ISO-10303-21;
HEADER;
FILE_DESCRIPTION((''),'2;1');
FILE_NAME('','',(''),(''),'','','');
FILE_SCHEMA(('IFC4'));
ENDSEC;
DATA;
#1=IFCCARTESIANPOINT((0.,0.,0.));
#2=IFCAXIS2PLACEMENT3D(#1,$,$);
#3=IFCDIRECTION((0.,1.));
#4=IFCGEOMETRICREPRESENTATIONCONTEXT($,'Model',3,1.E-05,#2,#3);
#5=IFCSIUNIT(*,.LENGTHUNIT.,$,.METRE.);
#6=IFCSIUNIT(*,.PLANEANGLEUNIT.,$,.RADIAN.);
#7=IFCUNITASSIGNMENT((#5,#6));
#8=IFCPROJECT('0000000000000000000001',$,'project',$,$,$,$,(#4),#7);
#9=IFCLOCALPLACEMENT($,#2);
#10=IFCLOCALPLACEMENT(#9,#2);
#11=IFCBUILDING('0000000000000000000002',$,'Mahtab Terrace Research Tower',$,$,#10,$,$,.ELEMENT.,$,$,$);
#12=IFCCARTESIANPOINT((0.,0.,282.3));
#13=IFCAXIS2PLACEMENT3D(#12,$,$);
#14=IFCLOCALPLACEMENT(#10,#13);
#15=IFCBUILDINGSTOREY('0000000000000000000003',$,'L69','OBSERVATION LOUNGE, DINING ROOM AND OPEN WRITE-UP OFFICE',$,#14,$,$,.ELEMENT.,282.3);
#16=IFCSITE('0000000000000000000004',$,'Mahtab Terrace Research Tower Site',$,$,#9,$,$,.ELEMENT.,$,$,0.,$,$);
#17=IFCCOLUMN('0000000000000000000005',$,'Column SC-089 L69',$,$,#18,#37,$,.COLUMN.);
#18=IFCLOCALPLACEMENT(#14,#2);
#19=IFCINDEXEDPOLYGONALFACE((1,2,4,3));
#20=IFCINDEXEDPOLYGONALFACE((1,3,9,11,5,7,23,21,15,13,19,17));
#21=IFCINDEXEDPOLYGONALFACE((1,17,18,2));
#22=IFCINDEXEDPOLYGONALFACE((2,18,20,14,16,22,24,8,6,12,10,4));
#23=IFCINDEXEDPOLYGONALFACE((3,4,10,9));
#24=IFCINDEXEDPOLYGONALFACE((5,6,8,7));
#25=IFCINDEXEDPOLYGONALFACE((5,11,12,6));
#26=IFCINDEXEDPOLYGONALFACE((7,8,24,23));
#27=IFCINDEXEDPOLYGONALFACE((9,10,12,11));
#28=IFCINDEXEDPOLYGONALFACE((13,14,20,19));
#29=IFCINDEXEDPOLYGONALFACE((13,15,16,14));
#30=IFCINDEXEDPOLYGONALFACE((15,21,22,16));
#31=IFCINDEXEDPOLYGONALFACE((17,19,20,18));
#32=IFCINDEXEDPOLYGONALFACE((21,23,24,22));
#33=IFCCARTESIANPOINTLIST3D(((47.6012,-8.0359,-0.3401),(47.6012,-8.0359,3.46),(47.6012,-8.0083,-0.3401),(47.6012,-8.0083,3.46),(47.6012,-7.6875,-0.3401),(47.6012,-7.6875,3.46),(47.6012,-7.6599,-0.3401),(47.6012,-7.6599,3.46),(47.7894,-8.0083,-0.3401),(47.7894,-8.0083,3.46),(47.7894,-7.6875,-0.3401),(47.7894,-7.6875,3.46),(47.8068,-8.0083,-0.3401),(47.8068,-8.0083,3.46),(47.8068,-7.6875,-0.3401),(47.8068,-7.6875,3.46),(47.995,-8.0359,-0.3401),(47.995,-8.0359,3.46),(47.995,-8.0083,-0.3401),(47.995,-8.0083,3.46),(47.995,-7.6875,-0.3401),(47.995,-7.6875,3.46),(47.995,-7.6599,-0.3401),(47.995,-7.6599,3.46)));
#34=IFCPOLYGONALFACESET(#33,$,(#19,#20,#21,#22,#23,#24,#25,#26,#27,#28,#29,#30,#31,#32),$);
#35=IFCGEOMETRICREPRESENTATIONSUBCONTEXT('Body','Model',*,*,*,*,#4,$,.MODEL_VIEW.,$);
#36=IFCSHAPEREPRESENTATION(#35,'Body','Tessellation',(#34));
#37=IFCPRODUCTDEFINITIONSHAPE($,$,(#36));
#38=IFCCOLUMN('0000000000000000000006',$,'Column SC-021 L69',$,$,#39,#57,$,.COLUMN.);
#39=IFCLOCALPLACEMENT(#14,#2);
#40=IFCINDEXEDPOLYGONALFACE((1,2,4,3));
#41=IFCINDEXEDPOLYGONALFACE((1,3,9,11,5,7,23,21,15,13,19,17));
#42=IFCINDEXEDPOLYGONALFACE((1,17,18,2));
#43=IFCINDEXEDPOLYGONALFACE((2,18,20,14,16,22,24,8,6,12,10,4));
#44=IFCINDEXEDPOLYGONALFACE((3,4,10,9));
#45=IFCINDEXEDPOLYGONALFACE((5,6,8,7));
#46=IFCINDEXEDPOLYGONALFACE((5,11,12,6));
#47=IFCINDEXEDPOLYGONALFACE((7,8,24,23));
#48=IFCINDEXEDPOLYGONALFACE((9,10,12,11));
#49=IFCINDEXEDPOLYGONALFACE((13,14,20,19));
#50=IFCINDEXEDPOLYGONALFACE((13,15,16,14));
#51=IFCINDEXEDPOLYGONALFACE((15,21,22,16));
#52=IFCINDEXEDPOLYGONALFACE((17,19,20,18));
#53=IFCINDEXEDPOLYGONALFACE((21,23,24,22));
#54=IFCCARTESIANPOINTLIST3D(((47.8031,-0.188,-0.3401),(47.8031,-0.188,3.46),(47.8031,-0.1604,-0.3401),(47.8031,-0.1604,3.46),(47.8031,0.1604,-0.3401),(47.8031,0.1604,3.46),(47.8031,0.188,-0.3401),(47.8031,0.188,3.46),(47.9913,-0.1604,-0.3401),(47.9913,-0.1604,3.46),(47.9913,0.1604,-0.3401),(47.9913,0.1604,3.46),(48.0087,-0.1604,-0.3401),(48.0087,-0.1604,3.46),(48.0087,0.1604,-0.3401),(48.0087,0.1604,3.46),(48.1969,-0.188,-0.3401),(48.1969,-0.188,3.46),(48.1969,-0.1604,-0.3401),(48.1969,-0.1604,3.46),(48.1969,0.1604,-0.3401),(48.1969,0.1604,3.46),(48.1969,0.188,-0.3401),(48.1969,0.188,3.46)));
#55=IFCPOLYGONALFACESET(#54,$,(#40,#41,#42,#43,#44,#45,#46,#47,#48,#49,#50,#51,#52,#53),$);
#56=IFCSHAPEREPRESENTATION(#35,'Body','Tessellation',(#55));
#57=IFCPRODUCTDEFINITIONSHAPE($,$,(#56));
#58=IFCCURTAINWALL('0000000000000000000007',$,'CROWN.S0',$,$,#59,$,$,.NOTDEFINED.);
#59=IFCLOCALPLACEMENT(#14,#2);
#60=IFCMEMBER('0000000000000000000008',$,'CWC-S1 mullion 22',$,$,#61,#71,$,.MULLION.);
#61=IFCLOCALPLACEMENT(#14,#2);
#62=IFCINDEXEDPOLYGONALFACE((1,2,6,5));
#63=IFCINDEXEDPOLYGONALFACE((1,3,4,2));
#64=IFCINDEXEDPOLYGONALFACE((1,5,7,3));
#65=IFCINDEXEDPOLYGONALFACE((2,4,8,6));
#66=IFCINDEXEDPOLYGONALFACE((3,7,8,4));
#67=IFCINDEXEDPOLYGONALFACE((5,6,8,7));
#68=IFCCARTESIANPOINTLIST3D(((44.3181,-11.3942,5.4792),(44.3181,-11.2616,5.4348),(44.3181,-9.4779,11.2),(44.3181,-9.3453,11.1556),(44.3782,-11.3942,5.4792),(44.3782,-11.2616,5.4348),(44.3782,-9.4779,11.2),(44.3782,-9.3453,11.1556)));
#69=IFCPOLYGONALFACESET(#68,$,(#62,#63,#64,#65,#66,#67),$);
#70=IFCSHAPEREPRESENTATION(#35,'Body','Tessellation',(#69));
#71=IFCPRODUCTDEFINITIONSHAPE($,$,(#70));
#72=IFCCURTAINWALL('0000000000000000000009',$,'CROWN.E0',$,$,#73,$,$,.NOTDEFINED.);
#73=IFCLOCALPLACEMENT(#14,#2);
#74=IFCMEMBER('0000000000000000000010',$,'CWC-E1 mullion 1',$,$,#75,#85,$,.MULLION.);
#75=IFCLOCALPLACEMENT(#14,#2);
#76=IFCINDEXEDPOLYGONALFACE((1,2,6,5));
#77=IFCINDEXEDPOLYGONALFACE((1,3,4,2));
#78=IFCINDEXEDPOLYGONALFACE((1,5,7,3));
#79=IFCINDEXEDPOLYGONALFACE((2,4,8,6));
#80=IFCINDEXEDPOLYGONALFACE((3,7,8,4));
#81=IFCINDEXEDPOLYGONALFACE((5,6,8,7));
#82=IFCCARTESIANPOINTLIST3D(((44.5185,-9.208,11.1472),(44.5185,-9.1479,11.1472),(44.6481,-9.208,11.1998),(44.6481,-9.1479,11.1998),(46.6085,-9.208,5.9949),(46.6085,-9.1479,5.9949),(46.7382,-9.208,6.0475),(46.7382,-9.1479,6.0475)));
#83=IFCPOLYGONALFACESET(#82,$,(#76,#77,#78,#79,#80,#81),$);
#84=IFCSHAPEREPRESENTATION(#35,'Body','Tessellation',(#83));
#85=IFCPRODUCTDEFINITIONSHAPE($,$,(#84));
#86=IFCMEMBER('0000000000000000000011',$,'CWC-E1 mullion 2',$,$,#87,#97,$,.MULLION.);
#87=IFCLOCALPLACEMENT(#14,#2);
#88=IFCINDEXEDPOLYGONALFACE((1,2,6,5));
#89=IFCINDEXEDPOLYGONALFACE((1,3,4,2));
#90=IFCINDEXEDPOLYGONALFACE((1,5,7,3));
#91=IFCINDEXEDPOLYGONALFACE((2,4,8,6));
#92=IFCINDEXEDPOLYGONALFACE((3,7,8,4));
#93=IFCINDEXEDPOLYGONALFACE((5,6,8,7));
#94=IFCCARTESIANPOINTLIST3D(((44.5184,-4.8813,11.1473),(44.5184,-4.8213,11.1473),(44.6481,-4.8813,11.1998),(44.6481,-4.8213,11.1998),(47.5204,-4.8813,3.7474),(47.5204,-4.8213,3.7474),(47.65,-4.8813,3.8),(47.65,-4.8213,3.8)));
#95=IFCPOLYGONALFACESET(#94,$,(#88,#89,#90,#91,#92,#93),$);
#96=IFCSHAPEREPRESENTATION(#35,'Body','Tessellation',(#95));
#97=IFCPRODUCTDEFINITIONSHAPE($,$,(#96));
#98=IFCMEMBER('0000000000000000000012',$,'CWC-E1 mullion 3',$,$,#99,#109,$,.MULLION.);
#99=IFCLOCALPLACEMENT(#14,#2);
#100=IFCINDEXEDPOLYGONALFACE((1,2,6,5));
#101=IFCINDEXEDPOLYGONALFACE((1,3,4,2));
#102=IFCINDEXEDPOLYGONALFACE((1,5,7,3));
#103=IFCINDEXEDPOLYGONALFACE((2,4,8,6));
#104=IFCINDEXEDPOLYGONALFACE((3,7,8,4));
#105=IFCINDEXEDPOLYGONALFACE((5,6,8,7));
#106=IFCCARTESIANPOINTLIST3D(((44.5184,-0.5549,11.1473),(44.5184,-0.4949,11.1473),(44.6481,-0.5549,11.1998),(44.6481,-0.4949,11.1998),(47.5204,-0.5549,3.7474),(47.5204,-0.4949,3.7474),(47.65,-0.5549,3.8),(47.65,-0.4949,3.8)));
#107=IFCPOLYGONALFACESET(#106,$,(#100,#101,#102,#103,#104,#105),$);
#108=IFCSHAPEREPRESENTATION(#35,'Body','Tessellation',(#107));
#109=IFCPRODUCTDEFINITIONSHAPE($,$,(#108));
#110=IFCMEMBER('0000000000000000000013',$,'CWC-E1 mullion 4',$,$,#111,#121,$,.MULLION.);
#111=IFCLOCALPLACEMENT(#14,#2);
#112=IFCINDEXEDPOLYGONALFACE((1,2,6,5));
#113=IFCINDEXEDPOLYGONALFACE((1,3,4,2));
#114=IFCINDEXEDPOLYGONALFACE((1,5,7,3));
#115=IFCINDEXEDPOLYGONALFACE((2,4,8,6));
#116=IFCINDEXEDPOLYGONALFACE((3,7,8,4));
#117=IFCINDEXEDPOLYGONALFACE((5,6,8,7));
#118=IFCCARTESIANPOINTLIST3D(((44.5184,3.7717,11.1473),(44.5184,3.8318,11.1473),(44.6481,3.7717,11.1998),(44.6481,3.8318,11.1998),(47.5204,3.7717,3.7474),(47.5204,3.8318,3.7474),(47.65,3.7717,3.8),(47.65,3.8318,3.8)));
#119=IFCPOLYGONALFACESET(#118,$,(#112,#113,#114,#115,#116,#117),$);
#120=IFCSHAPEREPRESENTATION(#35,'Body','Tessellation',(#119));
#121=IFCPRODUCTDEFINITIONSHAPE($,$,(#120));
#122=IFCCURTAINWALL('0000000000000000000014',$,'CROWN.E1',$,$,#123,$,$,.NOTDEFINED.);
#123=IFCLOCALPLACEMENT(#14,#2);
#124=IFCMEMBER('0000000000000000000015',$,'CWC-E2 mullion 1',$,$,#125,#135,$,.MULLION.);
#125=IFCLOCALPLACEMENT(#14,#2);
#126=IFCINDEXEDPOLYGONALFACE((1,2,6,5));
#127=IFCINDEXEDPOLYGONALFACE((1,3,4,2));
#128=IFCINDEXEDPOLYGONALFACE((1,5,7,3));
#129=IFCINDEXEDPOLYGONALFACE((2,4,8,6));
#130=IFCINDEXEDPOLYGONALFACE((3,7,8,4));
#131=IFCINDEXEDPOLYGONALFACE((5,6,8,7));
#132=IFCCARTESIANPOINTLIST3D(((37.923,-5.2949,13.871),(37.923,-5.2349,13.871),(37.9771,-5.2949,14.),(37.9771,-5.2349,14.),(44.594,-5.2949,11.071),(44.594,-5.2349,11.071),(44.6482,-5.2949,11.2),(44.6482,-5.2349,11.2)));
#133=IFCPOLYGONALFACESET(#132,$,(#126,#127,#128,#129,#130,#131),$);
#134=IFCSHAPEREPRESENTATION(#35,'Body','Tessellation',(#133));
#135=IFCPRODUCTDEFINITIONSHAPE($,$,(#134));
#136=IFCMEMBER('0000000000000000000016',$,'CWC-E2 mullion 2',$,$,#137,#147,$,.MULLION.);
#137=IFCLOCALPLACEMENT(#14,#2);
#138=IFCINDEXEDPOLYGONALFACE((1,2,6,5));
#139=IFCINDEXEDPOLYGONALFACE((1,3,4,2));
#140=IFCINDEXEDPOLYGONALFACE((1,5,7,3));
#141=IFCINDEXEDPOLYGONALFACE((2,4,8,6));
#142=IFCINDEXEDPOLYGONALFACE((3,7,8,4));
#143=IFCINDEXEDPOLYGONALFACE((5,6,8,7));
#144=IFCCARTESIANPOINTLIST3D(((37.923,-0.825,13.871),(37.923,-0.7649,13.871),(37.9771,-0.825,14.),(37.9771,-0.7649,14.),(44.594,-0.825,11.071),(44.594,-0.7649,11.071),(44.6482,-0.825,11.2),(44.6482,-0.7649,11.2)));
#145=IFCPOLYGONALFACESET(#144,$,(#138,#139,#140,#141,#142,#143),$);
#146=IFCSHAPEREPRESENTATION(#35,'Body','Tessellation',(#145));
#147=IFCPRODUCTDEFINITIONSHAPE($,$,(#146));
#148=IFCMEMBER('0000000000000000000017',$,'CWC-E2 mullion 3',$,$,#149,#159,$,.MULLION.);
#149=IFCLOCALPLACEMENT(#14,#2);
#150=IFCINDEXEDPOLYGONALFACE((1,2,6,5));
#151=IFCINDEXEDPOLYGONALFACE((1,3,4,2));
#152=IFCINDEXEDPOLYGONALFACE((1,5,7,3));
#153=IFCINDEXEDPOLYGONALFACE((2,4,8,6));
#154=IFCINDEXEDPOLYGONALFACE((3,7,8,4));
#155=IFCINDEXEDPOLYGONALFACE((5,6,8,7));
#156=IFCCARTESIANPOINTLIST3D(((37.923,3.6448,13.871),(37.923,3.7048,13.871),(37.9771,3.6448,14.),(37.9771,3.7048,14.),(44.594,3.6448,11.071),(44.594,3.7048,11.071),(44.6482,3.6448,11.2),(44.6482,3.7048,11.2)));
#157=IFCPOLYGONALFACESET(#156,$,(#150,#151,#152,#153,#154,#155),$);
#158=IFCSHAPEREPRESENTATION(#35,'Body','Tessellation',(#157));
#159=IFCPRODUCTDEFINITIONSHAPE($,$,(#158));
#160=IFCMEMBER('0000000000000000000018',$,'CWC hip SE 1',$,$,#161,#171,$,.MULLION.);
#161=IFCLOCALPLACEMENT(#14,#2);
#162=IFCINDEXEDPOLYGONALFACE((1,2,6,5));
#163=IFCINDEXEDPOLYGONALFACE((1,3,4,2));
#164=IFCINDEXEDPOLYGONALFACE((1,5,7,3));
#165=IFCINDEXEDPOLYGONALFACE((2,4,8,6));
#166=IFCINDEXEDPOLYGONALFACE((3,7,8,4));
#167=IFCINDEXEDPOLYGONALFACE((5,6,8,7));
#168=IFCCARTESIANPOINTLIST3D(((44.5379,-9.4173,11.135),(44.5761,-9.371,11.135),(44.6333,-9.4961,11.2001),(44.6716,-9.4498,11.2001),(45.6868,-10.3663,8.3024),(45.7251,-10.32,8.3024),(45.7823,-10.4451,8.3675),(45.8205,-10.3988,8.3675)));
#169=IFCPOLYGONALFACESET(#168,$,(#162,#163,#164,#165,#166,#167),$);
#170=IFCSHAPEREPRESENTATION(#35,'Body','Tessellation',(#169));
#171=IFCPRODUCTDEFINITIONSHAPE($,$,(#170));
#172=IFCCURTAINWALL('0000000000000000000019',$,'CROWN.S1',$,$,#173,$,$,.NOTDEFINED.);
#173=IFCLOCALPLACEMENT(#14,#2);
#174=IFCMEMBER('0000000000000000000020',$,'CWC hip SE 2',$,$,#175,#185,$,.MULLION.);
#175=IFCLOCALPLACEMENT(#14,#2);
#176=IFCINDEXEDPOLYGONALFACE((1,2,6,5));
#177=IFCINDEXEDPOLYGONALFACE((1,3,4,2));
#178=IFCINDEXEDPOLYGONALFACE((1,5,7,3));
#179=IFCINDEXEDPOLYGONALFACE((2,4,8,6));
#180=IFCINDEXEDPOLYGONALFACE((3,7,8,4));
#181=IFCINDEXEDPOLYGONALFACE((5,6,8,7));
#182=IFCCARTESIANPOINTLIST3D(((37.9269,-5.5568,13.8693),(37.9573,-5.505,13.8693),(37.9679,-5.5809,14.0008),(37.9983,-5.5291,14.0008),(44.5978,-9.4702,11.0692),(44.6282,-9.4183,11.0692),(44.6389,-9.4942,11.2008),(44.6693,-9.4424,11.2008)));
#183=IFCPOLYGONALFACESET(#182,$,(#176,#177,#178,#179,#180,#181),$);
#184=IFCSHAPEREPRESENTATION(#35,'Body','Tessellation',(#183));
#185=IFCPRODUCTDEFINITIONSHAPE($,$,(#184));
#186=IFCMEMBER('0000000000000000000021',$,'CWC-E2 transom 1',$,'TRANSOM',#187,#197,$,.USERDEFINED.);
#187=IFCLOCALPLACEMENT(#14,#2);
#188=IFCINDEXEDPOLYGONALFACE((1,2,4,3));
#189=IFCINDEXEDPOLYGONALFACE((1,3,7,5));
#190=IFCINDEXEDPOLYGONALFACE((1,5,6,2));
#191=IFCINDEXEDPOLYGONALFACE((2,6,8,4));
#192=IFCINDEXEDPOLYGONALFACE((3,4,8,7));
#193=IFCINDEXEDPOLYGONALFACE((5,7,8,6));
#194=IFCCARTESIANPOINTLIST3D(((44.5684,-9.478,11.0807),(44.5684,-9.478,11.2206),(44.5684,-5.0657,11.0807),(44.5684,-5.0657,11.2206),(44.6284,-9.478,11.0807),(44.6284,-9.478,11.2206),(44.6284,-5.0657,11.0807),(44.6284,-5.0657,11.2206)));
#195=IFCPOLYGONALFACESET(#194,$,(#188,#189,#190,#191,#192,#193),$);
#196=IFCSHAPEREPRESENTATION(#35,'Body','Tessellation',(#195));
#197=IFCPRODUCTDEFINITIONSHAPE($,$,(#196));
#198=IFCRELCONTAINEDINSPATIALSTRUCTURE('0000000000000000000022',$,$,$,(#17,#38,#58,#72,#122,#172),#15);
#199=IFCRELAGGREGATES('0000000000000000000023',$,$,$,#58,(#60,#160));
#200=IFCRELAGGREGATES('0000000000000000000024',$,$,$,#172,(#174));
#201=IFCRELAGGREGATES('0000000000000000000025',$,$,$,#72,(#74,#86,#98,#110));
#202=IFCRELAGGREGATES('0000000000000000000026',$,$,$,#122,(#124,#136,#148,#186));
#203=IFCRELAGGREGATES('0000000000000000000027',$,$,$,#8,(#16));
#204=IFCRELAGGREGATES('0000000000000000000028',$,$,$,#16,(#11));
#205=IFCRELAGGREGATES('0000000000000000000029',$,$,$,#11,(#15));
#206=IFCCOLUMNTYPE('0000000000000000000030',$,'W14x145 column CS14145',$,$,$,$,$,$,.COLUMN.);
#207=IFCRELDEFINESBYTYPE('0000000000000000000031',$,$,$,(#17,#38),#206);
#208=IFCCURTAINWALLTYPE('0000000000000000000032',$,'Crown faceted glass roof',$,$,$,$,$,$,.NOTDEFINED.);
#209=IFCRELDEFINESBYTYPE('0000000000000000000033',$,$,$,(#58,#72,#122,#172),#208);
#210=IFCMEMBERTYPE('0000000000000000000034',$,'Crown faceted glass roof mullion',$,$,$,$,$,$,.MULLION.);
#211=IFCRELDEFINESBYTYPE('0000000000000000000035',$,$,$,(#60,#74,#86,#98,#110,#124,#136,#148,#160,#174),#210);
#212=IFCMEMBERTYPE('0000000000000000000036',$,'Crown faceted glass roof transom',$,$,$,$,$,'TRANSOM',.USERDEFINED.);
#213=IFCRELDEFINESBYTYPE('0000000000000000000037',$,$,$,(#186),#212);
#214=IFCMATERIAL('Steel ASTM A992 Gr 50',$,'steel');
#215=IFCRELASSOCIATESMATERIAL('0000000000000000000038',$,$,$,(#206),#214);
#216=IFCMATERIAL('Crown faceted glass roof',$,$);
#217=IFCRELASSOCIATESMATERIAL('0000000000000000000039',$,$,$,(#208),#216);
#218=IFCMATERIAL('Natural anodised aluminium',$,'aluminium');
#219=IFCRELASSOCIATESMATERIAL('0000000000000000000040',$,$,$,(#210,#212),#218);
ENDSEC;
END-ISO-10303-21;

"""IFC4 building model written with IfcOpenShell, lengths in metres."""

from ifc_helpers import new_model, si_unit, direction, frame, origin, origin_2d, place, context, subcontext, project, spatial, rectangle, i_section, extrude, material, material_profile, profile_set, type_object, element, aggregate, save


model = new_model("IFC4")

# Units and contexts
model_context = context("Model", 3, precision=1e-05, world=origin(), true_north=direction((0.0, 1.0)))
body_context = subcontext(model_context, "Body", "Model", "MODEL_VIEW")
ifc_project = project(units=[si_unit("LENGTHUNIT", "METRE"), si_unit("PLANEANGLEUNIT", "RADIAN")], contexts=[model_context])

# Site, building, storey
site_placement = place(None, origin())
site = spatial("IfcSite", under=ifc_project, at=site_placement, Name="Mahtab Terrace Research Tower Site", CompositionType="ELEMENT", RefElevation=0.0)
building_placement = place(site_placement, origin())
building = spatial("IfcBuilding", under=site, at=building_placement, Name="Mahtab Terrace Research Tower", CompositionType="ELEMENT")
storey_placement = place(building_placement, frame((0.0, 0.0, 282.3)))
storey = spatial("IfcBuildingStorey", under=building, at=storey_placement, Name="L69", Description="OBSERVATION LOUNGE, DINING ROOM AND OPEN WRITE-UP OFFICE", CompositionType="ELEMENT", Elevation=282.3)

# Columns
ifc_material_1 = material(Name="Steel ASTM A992 Gr 50", Category="steel")
ifc_material_profile_1 = material_profile(ifc_material_1, i_section(OverallWidth=0.3938, OverallDepth=0.376, WebThickness=0.0173, FlangeThickness=0.0276, at=origin_2d()), Name="W14X145")
ifc_profile_set_1 = profile_set([ifc_material_profile_1], Name="Steel ASTM A992 Gr 50")
column_type = type_object("IfcColumnType", Name="W14x145 column CS14145", PredefinedType="COLUMN", material=ifc_profile_set_1)
for number, where, z_axis, x_axis, name in (
    (1, (47.7981, -7.8479, -0.3401), (0.0, 0.0, 1.0), (1.0, 0.0, 0.0), "Column SC-089 L69"),
    (2, (48.0, 0.0, -0.3401), (0.0, 0.0, 1.0), (1.0, 0.0, 0.0), "Column SC-021 L69"),
):
    element("IfcColumn", number, at=place(storey_placement, frame(where, z_axis=z_axis, x_axis=x_axis)), inside=storey, type_object=column_type, Name=name, PredefinedType="COLUMN", context=body_context, shape_type="SweptSolid", body=[
        extrude(i_section(OverallWidth=0.3938, OverallDepth=0.376, WebThickness=0.0173, FlangeThickness=0.0276, at=origin_2d()), origin(), (0.0, 0.0, 1.0), 3.8),
    ])

# Curtain wall, member
ifc_material_2 = material(Name="Crown faceted glass roof")
curtain_wall_type_1 = type_object("IfcCurtainWallType", Name="Crown faceted glass roof", PredefinedType="NOTDEFINED", material=ifc_material_2)
curtain_wall_1_placement = place(storey_placement, origin())
curtain_wall_1 = element("IfcCurtainWall", 3, at=curtain_wall_1_placement, inside=storey, type_object=curtain_wall_type_1, Name="CROWN.S0", PredefinedType="NOTDEFINED")
ifc_material_3 = material(Name="Natural anodised aluminium", Category="aluminium")
ifc_material_profile_2 = material_profile(ifc_material_3, rectangle(XDim=0.0601, YDim=0.1399, at=origin_2d()), Name="MULLION 60x140")
ifc_profile_set_2 = profile_set([ifc_material_profile_2], Name="Natural anodised aluminium")
member_type_1 = type_object("IfcMemberType", Name="Crown faceted glass roof mullion", PredefinedType="MULLION", material=ifc_profile_set_2)
member_1_placement = place(storey_placement, frame((44.3481, -11.3279, 5.457), z_axis=(0.0, 0.317624, 0.948217), x_axis=(-1.0, 0.0, 0.0)))
member_1 = element("IfcMember", 4, at=member_1_placement, type_object=member_type_1, Name="CWC-S1 mullion 22", PredefinedType="MULLION", context=body_context, shape_type="SweptSolid", body=[
    extrude(rectangle(XDim=0.0601, YDim=0.1399, at=origin_2d()), origin(), (0.0, 0.0, 1.0), 6.0332),
])

# Curtain walls, members
curtain_wall_2_placement = place(storey_placement, origin())
curtain_wall_2 = element("IfcCurtainWall", 5, at=curtain_wall_2_placement, inside=storey, type_object=curtain_wall_type_1, Name="CROWN.E0", PredefinedType="NOTDEFINED")
member_2_placement = place(storey_placement, frame((46.6733, -9.178, 6.0212), z_axis=(-0.375906, 0.0, 0.926658), x_axis=(0.0, -1.0, 0.0)))
member_2 = element("IfcMember", 6, at=member_2_placement, type_object=member_type_1, Name="CWC-E1 mullion 1", PredefinedType="MULLION", context=body_context, shape_type="SweptSolid", body=[
    extrude(rectangle(XDim=0.0601, YDim=0.1399, at=origin_2d()), origin(), (0.0, 0.0, 1.0), 5.5601),
])
member_3_placement = place(storey_placement, frame((47.5852, -4.8513, 3.7737), z_axis=(-0.375919, 0.0, 0.926652), x_axis=(0.0, -1.0, 0.0)))
member_3 = element("IfcMember", 7, at=member_3_placement, type_object=member_type_1, Name="CWC-E1 mullion 2", PredefinedType="MULLION", context=body_context, shape_type="SweptSolid", body=[
    extrude(rectangle(XDim=0.0601, YDim=0.1399, at=origin_2d()), origin(), (0.0, 0.0, 1.0), 7.9856),
])
member_4_placement = place(storey_placement, frame((47.5852, -0.5249, 3.7737), z_axis=(-0.375919, 0.0, 0.926652), x_axis=(0.0, -1.0, 0.0)))
member_4 = element("IfcMember", 8, at=member_4_placement, type_object=member_type_1, Name="CWC-E1 mullion 3", PredefinedType="MULLION", context=body_context, shape_type="SweptSolid", body=[
    extrude(rectangle(XDim=0.0601, YDim=0.1399, at=origin_2d()), origin(), (0.0, 0.0, 1.0), 7.9856),
])
member_5_placement = place(storey_placement, frame((47.5852, 3.8018, 3.7737), z_axis=(-0.375919, 0.0, 0.926652), x_axis=(0.0, -1.0, 0.0)))
member_5 = element("IfcMember", 9, at=member_5_placement, type_object=member_type_1, Name="CWC-E1 mullion 4", PredefinedType="MULLION", context=body_context, shape_type="SweptSolid", body=[
    extrude(rectangle(XDim=0.0601, YDim=0.1399, at=origin_2d()), origin(), (0.0, 0.0, 1.0), 7.9856),
])
curtain_wall_3_placement = place(storey_placement, origin())
curtain_wall_3 = element("IfcCurtainWall", 10, at=curtain_wall_3_placement, inside=storey, type_object=curtain_wall_type_1, Name="CROWN.E1", PredefinedType="NOTDEFINED")
member_6_placement = place(storey_placement, frame((44.6211, -5.2649, 11.1355), z_axis=(-0.922072, 0.0, 0.387017), x_axis=(0.0, -1.0, 0.0)))
member_6 = element("IfcMember", 11, at=member_6_placement, type_object=member_type_1, Name="CWC-E2 mullion 1", PredefinedType="MULLION", context=body_context, shape_type="SweptSolid", body=[
    extrude(rectangle(XDim=0.0601, YDim=0.1399, at=origin_2d()), origin(), (0.0, 0.0, 1.0), 7.2349),
])
member_7_placement = place(storey_placement, frame((44.6211, -0.7949, 11.1355), z_axis=(-0.922072, 0.0, 0.387017), x_axis=(0.0, -1.0, 0.0)))
member_7 = element("IfcMember", 12, at=member_7_placement, type_object=member_type_1, Name="CWC-E2 mullion 2", PredefinedType="MULLION", context=body_context, shape_type="SweptSolid", body=[
    extrude(rectangle(XDim=0.0601, YDim=0.1399, at=origin_2d()), origin(), (0.0, 0.0, 1.0), 7.2349),
])
member_8_placement = place(storey_placement, frame((44.6211, 3.6748, 11.1355), z_axis=(-0.922072, 0.0, 0.387017), x_axis=(0.0, -1.0, 0.0)))
member_8 = element("IfcMember", 13, at=member_8_placement, type_object=member_type_1, Name="CWC-E2 mullion 3", PredefinedType="MULLION", context=body_context, shape_type="SweptSolid", body=[
    extrude(rectangle(XDim=0.0601, YDim=0.1399, at=origin_2d()), origin(), (0.0, 0.0, 1.0), 7.2349),
])

# Member
member_9_placement = place(storey_placement, frame((45.7537, -10.3826, 8.335), z_axis=(-0.358974, 0.2965, 0.885), x_axis=(-0.636826, -0.771007, 0.0)))
member_9 = element("IfcMember", 14, at=member_9_placement, type_object=member_type_1, Name="CWC hip SE 1", PredefinedType="MULLION", context=body_context, shape_type="SweptSolid", body=[
    extrude(rectangle(XDim=0.0601, YDim=0.1399, at=origin_2d()), origin(), (0.0, 0.0, 1.0), 3.2007),
])
aggregate(curtain_wall_1, [member_1, member_9])

# Curtain wall, member
curtain_wall_4_placement = place(storey_placement, origin())
curtain_wall_4 = element("IfcCurtainWall", 15, at=curtain_wall_4_placement, inside=storey, type_object=curtain_wall_type_1, Name="CROWN.S1", PredefinedType="NOTDEFINED")
member_10_placement = place(storey_placement, frame((44.6335, -9.4563, 11.135), z_axis=(-0.811023, 0.475768, 0.34042), x_axis=(-0.505989, -0.86254, 0.0)))
member_10 = element("IfcMember", 16, at=member_10_placement, type_object=member_type_1, Name="CWC hip SE 2", PredefinedType="MULLION", context=body_context, shape_type="SweptSolid", body=[
    extrude(rectangle(XDim=0.0601, YDim=0.1399, at=origin_2d()), origin(), (0.0, 0.0, 1.0), 8.2253),
])
aggregate(curtain_wall_4, [member_10])

# Member
ifc_material_profile_3 = material_profile(ifc_material_3, rectangle(XDim=0.0601, YDim=0.1399, at=origin_2d()), Name="TRANSOM 60x140")
ifc_profile_set_3 = profile_set([ifc_material_profile_3], Name="Natural anodised aluminium")
member_type_2 = type_object("IfcMemberType", Name="Crown faceted glass roof transom", ElementType="TRANSOM", PredefinedType="USERDEFINED", material=ifc_profile_set_3)
member_11_placement = place(storey_placement, frame((44.5984, -9.478, 11.1506), z_axis=(0.0, 1.0, 0.0), x_axis=(-1.0, 0.0, 0.0)))
member_11 = element("IfcMember", 17, at=member_11_placement, type_object=member_type_2, Name="CWC-E2 transom 1", ObjectType="TRANSOM", PredefinedType="USERDEFINED", context=body_context, shape_type="SweptSolid", body=[
    extrude(rectangle(XDim=0.0601, YDim=0.1399, at=origin_2d()), origin(), (0.0, 0.0, 1.0), 4.4124),
])

aggregate(curtain_wall_2, [member_2, member_3, member_4, member_5])
aggregate(curtain_wall_3, [member_6, member_7, member_8, member_11])

save(model, "model.ifc")
